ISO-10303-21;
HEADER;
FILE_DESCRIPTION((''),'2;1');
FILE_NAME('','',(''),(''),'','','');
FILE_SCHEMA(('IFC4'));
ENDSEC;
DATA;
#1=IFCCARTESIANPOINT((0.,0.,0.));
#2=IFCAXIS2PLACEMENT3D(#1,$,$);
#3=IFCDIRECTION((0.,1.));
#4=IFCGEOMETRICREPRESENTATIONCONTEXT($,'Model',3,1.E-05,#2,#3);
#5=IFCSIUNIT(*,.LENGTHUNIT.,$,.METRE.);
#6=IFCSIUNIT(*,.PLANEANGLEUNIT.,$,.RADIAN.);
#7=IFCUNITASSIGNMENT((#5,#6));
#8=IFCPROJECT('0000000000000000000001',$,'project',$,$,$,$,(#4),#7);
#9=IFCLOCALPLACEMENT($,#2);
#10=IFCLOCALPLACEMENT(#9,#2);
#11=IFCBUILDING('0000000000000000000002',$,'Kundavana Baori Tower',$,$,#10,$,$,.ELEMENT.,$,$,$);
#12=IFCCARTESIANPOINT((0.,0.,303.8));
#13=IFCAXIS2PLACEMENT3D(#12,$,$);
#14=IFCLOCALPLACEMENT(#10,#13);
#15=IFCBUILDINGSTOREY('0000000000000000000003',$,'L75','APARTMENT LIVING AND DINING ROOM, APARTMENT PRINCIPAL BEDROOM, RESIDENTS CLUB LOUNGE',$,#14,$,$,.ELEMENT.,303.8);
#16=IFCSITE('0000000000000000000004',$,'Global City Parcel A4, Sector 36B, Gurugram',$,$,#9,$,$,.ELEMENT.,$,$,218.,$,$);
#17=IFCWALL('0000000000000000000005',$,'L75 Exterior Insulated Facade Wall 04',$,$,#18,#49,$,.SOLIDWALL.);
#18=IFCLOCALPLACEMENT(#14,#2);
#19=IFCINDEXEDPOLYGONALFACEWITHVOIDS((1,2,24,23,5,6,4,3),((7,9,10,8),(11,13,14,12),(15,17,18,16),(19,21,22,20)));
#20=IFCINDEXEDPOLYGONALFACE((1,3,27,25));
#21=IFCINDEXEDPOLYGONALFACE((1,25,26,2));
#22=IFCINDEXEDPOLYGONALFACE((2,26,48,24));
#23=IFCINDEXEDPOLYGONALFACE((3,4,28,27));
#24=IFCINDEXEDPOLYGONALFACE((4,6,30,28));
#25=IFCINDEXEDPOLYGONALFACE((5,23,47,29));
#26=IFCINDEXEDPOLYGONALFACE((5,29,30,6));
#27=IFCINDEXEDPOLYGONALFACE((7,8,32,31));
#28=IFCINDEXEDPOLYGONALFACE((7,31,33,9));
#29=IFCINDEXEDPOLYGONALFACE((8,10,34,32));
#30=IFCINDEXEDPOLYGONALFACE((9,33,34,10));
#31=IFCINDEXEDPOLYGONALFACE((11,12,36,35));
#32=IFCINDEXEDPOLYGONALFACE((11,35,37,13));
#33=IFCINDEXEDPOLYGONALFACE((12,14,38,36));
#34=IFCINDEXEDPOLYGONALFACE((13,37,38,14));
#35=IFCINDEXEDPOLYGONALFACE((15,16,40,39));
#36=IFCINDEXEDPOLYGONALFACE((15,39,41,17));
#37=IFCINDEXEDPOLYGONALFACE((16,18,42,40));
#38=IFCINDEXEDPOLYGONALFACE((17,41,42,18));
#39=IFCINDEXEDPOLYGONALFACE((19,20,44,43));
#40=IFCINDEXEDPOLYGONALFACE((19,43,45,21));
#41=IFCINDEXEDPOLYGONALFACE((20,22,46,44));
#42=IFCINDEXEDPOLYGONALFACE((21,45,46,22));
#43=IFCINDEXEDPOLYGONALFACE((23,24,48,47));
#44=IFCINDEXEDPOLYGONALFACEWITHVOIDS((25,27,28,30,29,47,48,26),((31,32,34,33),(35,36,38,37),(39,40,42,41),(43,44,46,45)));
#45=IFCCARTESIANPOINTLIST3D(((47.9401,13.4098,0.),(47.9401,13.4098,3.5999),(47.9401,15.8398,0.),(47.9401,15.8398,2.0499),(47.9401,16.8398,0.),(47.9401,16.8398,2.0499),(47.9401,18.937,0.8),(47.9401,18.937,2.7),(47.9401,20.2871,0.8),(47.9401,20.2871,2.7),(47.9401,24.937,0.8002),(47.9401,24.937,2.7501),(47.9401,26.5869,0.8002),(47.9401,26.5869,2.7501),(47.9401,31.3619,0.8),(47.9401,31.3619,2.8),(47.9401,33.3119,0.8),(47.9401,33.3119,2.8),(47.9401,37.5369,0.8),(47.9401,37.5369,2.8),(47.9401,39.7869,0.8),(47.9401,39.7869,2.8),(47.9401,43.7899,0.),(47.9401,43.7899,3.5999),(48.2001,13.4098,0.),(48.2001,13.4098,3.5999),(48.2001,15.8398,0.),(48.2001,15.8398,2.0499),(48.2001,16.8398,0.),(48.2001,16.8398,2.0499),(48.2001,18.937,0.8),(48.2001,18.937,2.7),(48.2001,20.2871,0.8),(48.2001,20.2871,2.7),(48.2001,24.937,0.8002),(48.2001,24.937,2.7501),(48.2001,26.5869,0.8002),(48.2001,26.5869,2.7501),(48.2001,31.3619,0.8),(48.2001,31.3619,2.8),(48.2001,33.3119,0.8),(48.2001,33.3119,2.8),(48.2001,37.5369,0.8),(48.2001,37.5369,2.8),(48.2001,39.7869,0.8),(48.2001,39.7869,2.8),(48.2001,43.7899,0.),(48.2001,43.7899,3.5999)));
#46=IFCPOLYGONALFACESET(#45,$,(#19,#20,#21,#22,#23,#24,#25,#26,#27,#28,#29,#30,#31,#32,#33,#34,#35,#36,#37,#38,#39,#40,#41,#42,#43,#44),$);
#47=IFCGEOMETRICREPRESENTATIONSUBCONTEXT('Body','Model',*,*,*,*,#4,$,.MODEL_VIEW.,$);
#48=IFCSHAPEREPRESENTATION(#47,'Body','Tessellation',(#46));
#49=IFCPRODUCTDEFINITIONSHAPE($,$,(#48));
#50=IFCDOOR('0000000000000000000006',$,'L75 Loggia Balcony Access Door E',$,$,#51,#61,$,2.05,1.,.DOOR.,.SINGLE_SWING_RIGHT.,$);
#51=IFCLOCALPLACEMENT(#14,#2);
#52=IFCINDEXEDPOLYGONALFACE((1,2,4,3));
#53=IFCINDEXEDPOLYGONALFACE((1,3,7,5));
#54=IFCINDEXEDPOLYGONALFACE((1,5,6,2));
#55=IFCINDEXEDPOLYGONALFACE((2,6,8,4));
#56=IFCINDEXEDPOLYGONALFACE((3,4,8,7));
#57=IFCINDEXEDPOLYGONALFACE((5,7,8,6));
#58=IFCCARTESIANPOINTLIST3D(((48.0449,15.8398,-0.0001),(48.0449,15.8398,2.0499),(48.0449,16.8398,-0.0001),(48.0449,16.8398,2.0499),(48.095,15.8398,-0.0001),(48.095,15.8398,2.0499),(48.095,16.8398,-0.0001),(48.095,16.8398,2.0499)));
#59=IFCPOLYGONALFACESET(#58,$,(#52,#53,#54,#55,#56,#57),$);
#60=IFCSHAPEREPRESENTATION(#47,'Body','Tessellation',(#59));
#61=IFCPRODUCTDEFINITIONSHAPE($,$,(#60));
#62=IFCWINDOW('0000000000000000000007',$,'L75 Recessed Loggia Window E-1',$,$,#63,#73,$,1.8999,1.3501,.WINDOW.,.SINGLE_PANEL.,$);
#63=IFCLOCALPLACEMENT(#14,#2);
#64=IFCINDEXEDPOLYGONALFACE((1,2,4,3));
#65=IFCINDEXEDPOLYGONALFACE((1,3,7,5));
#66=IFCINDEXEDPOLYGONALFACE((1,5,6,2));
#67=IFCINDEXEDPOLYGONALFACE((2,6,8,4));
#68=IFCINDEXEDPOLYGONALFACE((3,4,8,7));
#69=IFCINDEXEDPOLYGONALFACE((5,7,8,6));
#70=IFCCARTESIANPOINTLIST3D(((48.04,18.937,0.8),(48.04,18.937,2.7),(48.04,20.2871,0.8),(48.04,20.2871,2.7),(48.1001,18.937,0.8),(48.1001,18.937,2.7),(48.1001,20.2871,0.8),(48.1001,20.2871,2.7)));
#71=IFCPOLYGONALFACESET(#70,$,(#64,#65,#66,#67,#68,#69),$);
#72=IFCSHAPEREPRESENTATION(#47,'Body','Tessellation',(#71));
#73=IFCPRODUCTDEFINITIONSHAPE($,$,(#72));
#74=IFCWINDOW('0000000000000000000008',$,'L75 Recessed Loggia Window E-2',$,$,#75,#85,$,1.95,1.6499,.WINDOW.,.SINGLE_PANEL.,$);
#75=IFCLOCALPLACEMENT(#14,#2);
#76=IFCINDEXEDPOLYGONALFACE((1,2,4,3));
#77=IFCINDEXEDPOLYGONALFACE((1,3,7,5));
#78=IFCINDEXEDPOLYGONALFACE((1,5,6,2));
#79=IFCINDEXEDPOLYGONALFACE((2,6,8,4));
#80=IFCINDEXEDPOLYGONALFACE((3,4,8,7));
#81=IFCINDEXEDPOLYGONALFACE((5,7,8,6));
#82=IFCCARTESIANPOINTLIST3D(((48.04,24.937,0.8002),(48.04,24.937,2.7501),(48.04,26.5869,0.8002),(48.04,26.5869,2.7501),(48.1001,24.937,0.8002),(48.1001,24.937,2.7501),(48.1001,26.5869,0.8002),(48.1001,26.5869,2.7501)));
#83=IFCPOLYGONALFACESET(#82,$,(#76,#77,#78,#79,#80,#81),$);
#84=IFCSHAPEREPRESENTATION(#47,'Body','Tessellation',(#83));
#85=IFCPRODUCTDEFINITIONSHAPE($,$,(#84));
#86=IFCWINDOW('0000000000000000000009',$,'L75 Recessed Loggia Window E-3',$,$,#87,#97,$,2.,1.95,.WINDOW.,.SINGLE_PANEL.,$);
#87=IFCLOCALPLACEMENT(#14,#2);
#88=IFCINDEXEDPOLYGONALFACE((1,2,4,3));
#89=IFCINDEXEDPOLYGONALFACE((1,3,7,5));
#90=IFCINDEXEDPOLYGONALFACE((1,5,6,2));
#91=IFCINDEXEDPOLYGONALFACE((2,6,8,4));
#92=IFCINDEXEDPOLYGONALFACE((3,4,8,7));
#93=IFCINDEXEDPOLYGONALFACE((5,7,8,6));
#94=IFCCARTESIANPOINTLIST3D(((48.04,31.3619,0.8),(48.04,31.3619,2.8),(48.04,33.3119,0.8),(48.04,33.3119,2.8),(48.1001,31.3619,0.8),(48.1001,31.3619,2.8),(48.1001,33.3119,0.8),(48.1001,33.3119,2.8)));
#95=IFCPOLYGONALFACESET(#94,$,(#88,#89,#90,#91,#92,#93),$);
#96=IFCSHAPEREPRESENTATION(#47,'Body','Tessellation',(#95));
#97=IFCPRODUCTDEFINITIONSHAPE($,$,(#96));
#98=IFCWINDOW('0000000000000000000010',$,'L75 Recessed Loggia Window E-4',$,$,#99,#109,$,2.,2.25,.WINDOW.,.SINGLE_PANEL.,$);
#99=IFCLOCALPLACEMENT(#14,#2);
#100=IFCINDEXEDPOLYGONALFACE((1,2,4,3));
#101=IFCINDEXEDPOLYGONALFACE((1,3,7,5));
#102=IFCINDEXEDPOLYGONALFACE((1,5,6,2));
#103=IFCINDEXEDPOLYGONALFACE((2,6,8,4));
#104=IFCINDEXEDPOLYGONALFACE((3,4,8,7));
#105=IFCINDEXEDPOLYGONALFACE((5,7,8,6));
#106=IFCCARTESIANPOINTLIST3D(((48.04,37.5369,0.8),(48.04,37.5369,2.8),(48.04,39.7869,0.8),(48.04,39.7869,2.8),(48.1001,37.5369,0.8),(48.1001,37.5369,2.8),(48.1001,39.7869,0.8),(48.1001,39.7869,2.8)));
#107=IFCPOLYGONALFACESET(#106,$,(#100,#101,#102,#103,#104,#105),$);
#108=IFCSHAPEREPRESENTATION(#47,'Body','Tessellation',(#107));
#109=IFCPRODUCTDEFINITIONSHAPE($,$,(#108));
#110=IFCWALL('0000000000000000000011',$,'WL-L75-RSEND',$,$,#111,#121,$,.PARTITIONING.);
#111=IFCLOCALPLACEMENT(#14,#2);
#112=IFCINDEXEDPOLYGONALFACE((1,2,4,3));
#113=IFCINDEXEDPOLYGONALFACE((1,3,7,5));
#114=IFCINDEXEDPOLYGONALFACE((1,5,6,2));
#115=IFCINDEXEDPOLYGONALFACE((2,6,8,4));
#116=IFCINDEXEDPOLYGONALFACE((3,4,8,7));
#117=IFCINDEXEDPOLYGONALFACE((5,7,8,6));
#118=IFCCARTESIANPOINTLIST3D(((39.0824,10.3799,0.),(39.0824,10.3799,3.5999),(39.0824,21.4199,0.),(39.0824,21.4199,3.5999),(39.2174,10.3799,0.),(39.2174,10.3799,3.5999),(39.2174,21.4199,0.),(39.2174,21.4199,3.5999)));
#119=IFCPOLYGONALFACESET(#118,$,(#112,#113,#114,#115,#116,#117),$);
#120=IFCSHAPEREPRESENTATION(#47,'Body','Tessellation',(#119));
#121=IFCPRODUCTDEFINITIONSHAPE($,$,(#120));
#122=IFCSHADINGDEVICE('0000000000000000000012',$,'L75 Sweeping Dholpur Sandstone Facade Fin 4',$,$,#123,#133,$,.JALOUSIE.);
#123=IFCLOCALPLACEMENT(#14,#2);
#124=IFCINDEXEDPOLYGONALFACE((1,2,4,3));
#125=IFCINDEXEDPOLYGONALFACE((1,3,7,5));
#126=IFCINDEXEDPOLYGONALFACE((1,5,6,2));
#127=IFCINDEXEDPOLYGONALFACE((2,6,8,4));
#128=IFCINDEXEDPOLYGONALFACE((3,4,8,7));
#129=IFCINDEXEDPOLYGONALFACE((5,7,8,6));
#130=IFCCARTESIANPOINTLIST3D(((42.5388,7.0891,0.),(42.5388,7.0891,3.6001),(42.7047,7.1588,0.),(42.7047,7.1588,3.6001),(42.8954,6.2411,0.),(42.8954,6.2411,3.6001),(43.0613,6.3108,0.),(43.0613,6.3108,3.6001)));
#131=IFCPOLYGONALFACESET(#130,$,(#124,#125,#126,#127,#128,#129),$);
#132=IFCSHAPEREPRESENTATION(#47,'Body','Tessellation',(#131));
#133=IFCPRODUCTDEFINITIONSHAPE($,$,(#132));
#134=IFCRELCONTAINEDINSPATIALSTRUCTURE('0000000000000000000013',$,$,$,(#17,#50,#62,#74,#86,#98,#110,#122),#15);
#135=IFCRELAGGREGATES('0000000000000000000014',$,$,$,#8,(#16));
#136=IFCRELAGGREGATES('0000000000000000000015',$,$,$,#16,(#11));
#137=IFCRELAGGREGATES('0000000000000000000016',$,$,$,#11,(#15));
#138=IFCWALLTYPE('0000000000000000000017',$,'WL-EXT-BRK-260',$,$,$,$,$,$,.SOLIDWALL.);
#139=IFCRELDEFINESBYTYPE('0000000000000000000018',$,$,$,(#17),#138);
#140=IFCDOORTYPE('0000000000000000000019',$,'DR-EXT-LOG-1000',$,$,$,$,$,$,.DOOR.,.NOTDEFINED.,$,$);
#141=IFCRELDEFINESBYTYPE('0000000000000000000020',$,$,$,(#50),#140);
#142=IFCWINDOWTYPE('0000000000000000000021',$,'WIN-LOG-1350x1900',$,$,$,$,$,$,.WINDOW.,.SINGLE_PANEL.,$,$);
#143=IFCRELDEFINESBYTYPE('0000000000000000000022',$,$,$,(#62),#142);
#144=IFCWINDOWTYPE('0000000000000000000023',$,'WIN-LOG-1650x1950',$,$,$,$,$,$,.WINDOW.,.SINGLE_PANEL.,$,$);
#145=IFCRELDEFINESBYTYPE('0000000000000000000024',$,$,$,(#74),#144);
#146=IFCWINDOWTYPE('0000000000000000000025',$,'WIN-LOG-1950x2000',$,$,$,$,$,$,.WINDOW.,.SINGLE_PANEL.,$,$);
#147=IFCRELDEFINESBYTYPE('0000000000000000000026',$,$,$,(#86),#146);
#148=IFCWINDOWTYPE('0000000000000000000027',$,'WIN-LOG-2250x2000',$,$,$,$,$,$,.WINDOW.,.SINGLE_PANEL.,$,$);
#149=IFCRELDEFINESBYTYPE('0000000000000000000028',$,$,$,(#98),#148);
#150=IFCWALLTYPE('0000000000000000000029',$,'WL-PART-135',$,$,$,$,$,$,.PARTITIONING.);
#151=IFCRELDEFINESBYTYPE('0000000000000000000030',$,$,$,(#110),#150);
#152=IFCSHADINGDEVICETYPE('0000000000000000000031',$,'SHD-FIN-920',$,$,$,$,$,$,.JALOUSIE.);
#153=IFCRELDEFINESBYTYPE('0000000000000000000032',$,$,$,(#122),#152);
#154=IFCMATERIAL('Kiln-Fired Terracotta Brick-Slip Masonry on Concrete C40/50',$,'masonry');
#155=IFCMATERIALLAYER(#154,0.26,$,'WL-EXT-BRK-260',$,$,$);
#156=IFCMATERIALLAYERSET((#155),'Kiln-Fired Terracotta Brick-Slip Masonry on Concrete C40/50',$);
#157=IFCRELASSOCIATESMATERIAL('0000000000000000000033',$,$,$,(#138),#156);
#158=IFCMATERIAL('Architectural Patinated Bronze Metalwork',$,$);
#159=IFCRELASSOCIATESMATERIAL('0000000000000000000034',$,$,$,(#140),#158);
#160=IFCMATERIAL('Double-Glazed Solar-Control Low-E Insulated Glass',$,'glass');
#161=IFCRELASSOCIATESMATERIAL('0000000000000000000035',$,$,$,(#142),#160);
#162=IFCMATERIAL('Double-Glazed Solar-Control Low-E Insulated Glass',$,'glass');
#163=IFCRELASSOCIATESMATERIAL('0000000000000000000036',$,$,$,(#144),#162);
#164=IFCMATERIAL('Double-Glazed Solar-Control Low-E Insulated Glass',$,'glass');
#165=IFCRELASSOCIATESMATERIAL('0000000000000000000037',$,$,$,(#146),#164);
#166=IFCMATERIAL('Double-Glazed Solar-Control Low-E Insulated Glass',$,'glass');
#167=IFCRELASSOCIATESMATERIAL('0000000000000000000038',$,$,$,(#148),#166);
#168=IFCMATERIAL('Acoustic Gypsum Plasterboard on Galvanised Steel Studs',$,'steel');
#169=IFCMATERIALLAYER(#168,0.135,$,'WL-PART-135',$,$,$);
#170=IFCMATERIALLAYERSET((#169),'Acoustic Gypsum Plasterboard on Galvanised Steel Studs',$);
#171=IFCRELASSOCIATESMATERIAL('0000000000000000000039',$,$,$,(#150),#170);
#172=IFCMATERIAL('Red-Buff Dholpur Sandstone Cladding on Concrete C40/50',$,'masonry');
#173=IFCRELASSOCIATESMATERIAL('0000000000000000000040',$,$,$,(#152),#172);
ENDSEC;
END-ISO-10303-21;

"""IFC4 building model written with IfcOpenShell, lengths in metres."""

from ifc_helpers import new_model, si_unit, direction, frame, frame_2d, origin, origin_2d, place, context, subcontext, project, spatial, rectangle, extrude, material, layer, layer_set, type_object, element, fill, save


model = new_model("IFC4")

# Units and contexts
model_context = context("Model", 3, precision=1e-05, world=origin(), true_north=direction((0.0, 1.0)))
body_context = subcontext(model_context, "Body", "Model", "MODEL_VIEW")
ifc_project = project(units=[si_unit("LENGTHUNIT", "METRE"), si_unit("PLANEANGLEUNIT", "RADIAN")], contexts=[model_context])

# Site, building, storey
site_placement = place(None, origin())
site = spatial("IfcSite", under=ifc_project, at=site_placement, Name="Global City Parcel A4, Sector 36B, Gurugram", CompositionType="ELEMENT", RefElevation=218.0)
building_placement = place(site_placement, origin())
building = spatial("IfcBuilding", under=site, at=building_placement, Name="Kundavana Baori Tower", CompositionType="ELEMENT")
storey_placement = place(building_placement, frame((0.0, 0.0, 303.8)))
storey = spatial("IfcBuildingStorey", under=building, at=storey_placement, Name="L75", Description="APARTMENT LIVING AND DINING ROOM, APARTMENT PRINCIPAL BEDROOM, RESIDENTS CLUB LOUNGE", CompositionType="ELEMENT", Elevation=303.8)

# Shared definitions
ifc_material_1 = material(Name="Kiln-Fired Terracotta Brick-Slip Masonry on Concrete C40/50", Category="masonry")
ifc_layer_1 = layer(ifc_material_1, 0.26, Name="WL-EXT-BRK-260")
ifc_layer_set_1 = layer_set([ifc_layer_1], Name="Kiln-Fired Terracotta Brick-Slip Masonry on Concrete C40/50")
wall_type_1 = type_object("IfcWallType", Name="WL-EXT-BRK-260", PredefinedType="SOLIDWALL", material=ifc_layer_set_1)

# Wall, openings, door, windows
wall_1_placement = place(storey_placement, frame((48.0701, 13.4099, 0.0), z_axis=(0.0, 0.0, 1.0), x_axis=(0.0, 1.0, 0.0)))
wall_1 = element("IfcWall", 1, at=wall_1_placement, inside=storey, type_object=wall_type_1, Name="L75 Exterior Insulated Facade Wall 04", PredefinedType="SOLIDWALL", context=body_context, shape_type="SweptSolid", body=[
    extrude(rectangle(XDim=30.3801, YDim=0.26, at=frame_2d((15.1899, 0.0))), origin(), (0.0, 0.0, 1.0), 3.5999),
])
opening_1_placement = place(wall_1_placement, frame((2.4299, 0.0, 0.0)))
opening_1 = element("IfcOpeningElement", 2, at=opening_1_placement, cuts=wall_1, PredefinedType="OPENING", context=body_context, shape_type="SweptSolid", body=[
    extrude(rectangle(XDim=1.0, YDim=2.05, at=frame_2d((0.5, 1.0249))), frame((0.0, 0.1401, 0.0), z_axis=(0.0, -1.0, 0.0), x_axis=(1.0, 0.0, 0.0)), (0.0, 0.0, 1.0), 0.28),
])
opening_2_placement = place(wall_1_placement, frame((5.5271, 0.0, 0.8)))
opening_2 = element("IfcOpeningElement", 3, at=opening_2_placement, cuts=wall_1, PredefinedType="OPENING", context=body_context, shape_type="SweptSolid", body=[
    extrude(rectangle(XDim=1.3501, YDim=1.8999, at=frame_2d((0.675, 0.95))), frame((0.0, 0.1401, 0.0), z_axis=(0.0, -1.0, 0.0), x_axis=(1.0, 0.0, 0.0)), (0.0, 0.0, 1.0), 0.28),
])
opening_3_placement = place(wall_1_placement, frame((11.5271, 0.0, 0.8)))
opening_3 = element("IfcOpeningElement", 4, at=opening_3_placement, cuts=wall_1, PredefinedType="OPENING", context=body_context, shape_type="SweptSolid", body=[
    extrude(rectangle(XDim=1.6499, YDim=1.95, at=frame_2d((0.825, 0.9751))), frame((0.0, 0.1401, 0.0), z_axis=(0.0, -1.0, 0.0), x_axis=(1.0, 0.0, 0.0)), (0.0, 0.0, 1.0), 0.28),
])
opening_4_placement = place(wall_1_placement, frame((17.9519, 0.0, 0.8)))
opening_4 = element("IfcOpeningElement", 5, at=opening_4_placement, cuts=wall_1, PredefinedType="OPENING", context=body_context, shape_type="SweptSolid", body=[
    extrude(rectangle(XDim=1.95, YDim=2.0, at=frame_2d((0.9751, 1.0))), frame((0.0, 0.1401, 0.0), z_axis=(0.0, -1.0, 0.0), x_axis=(1.0, 0.0, 0.0)), (0.0, 0.0, 1.0), 0.28),
])
opening_5_placement = place(wall_1_placement, frame((24.127, 0.0, 0.8)))
opening_5 = element("IfcOpeningElement", 6, at=opening_5_placement, cuts=wall_1, PredefinedType="OPENING", context=body_context, shape_type="SweptSolid", body=[
    extrude(rectangle(XDim=2.25, YDim=2.0, at=frame_2d((1.125, 1.0))), frame((0.0, 0.1401, 0.0), z_axis=(0.0, -1.0, 0.0), x_axis=(1.0, 0.0, 0.0)), (0.0, 0.0, 1.0), 0.28),
])
ifc_material_2 = material(Name="Architectural Patinated Bronze Metalwork")
door_type = type_object("IfcDoorType", Name="DR-EXT-LOG-1000", OperationType="NOTDEFINED", PredefinedType="DOOR", material=ifc_material_2)
door_placement = place(opening_1_placement, frame((1.0, 0.0, 0.0), z_axis=(0.0, 0.0, 1.0), x_axis=(-1.0, 0.0, 0.0)))
door = element("IfcDoor", 7, at=door_placement, inside=storey, type_object=door_type, Name="L75 Loggia Balcony Access Door E", OperationType="SINGLE_SWING_RIGHT", OverallHeight=2.05, OverallWidth=1.0, PredefinedType="DOOR", context=body_context, shape_type="SweptSolid", body=[
    extrude(rectangle(XDim=1.0, YDim=2.05, at=frame_2d((0.5, 1.0249))), frame((0.0, 0.0249, 0.0), z_axis=(0.0, -1.0, 0.0), x_axis=(1.0, 0.0, 0.0)), (0.0, 0.0, 1.0), 0.05),
])
fill(opening_1, door)
ifc_material_3 = material(Name="Double-Glazed Solar-Control Low-E Insulated Glass", Category="glass")
window_type_1 = type_object("IfcWindowType", Name="WIN-LOG-1350x1900", PartitioningType="SINGLE_PANEL", PredefinedType="WINDOW", material=ifc_material_3)
window_1_placement = place(opening_2_placement, origin())
window_1 = element("IfcWindow", 8, at=window_1_placement, inside=storey, type_object=window_type_1, Name="L75 Recessed Loggia Window E-1", OverallHeight=1.8999, OverallWidth=1.3501, PartitioningType="SINGLE_PANEL", PredefinedType="WINDOW", context=body_context, shape_type="SweptSolid", body=[
    extrude(rectangle(XDim=1.3501, YDim=1.8999, at=frame_2d((0.675, 0.95))), frame((0.0, 0.03, 0.0), z_axis=(0.0, -1.0, 0.0), x_axis=(1.0, 0.0, 0.0)), (0.0, 0.0, 1.0), 0.0601),
])
fill(opening_2, window_1)
ifc_material_4 = material(Name="Double-Glazed Solar-Control Low-E Insulated Glass", Category="glass")
window_type_2 = type_object("IfcWindowType", Name="WIN-LOG-1650x1950", PartitioningType="SINGLE_PANEL", PredefinedType="WINDOW", material=ifc_material_4)
window_2_placement = place(opening_3_placement, origin())
window_2 = element("IfcWindow", 9, at=window_2_placement, inside=storey, type_object=window_type_2, Name="L75 Recessed Loggia Window E-2", OverallHeight=1.95, OverallWidth=1.6499, PartitioningType="SINGLE_PANEL", PredefinedType="WINDOW", context=body_context, shape_type="SweptSolid", body=[
    extrude(rectangle(XDim=1.6499, YDim=1.95, at=frame_2d((0.825, 0.9751))), frame((0.0, 0.03, 0.0), z_axis=(0.0, -1.0, 0.0), x_axis=(1.0, 0.0, 0.0)), (0.0, 0.0, 1.0), 0.0601),
])
fill(opening_3, window_2)
ifc_material_5 = material(Name="Double-Glazed Solar-Control Low-E Insulated Glass", Category="glass")
window_type_3 = type_object("IfcWindowType", Name="WIN-LOG-1950x2000", PartitioningType="SINGLE_PANEL", PredefinedType="WINDOW", material=ifc_material_5)
window_3_placement = place(opening_4_placement, origin())
window_3 = element("IfcWindow", 10, at=window_3_placement, inside=storey, type_object=window_type_3, Name="L75 Recessed Loggia Window E-3", OverallHeight=2.0, OverallWidth=1.95, PartitioningType="SINGLE_PANEL", PredefinedType="WINDOW", context=body_context, shape_type="SweptSolid", body=[
    extrude(rectangle(XDim=1.95, YDim=2.0, at=frame_2d((0.9751, 1.0))), frame((0.0, 0.03, 0.0), z_axis=(0.0, -1.0, 0.0), x_axis=(1.0, 0.0, 0.0)), (0.0, 0.0, 1.0), 0.0601),
])
fill(opening_4, window_3)
ifc_material_6 = material(Name="Double-Glazed Solar-Control Low-E Insulated Glass", Category="glass")
window_type_4 = type_object("IfcWindowType", Name="WIN-LOG-2250x2000", PartitioningType="SINGLE_PANEL", PredefinedType="WINDOW", material=ifc_material_6)
window_4_placement = place(opening_5_placement, origin())
window_4 = element("IfcWindow", 11, at=window_4_placement, inside=storey, type_object=window_type_4, Name="L75 Recessed Loggia Window E-4", OverallHeight=2.0, OverallWidth=2.25, PartitioningType="SINGLE_PANEL", PredefinedType="WINDOW", context=body_context, shape_type="SweptSolid", body=[
    extrude(rectangle(XDim=2.25, YDim=2.0, at=frame_2d((1.125, 1.0))), frame((0.0, 0.03, 0.0), z_axis=(0.0, -1.0, 0.0), x_axis=(1.0, 0.0, 0.0)), (0.0, 0.0, 1.0), 0.0601),
])
fill(opening_5, window_4)

# Wall
ifc_material_7 = material(Name="Acoustic Gypsum Plasterboard on Galvanised Steel Studs", Category="steel")
ifc_layer_2 = layer(ifc_material_7, 0.135, Name="WL-PART-135")
ifc_layer_set_2 = layer_set([ifc_layer_2], Name="Acoustic Gypsum Plasterboard on Galvanised Steel Studs")
wall_type_2 = type_object("IfcWallType", Name="WL-PART-135", PredefinedType="PARTITIONING", material=ifc_layer_set_2)
wall_2_placement = place(storey_placement, frame((39.1499, 10.3799, 0.0), z_axis=(0.0, 0.0, 1.0), x_axis=(0.0, 1.0, 0.0)))
element("IfcWall", 12, at=wall_2_placement, inside=storey, type_object=wall_type_2, Name="WL-L75-RSEND", PredefinedType="PARTITIONING", context=body_context, shape_type="SweptSolid", body=[
    extrude(rectangle(XDim=11.04, YDim=0.135, at=frame_2d((5.52, 0.0))), origin(), (0.0, 0.0, 1.0), 3.5999),
])

# Shading device
ifc_material_8 = material(Name="Red-Buff Dholpur Sandstone Cladding on Concrete C40/50", Category="masonry")
shading_device_type = type_object("IfcShadingDeviceType", Name="SHD-FIN-920", PredefinedType="JALOUSIE", material=ifc_material_8)
shading_device_placement = place(storey_placement, frame((42.8, 6.7, 0.0), z_axis=(0.0, 0.0, 1.0), x_axis=(0.921796, 0.387676, 0.0)))
element("IfcShadingDevice", 13, at=shading_device_placement, inside=storey, type_object=shading_device_type, Name="L75 Sweeping Dholpur Sandstone Facade Fin 4", PredefinedType="JALOUSIE", context=body_context, shape_type="SweptSolid", body=[
    extrude(rectangle(XDim=0.1799, YDim=0.9199, at=origin_2d()), origin(), (0.0, 0.0, 1.0), 3.6001),
])

save(model, "model.ifc")
